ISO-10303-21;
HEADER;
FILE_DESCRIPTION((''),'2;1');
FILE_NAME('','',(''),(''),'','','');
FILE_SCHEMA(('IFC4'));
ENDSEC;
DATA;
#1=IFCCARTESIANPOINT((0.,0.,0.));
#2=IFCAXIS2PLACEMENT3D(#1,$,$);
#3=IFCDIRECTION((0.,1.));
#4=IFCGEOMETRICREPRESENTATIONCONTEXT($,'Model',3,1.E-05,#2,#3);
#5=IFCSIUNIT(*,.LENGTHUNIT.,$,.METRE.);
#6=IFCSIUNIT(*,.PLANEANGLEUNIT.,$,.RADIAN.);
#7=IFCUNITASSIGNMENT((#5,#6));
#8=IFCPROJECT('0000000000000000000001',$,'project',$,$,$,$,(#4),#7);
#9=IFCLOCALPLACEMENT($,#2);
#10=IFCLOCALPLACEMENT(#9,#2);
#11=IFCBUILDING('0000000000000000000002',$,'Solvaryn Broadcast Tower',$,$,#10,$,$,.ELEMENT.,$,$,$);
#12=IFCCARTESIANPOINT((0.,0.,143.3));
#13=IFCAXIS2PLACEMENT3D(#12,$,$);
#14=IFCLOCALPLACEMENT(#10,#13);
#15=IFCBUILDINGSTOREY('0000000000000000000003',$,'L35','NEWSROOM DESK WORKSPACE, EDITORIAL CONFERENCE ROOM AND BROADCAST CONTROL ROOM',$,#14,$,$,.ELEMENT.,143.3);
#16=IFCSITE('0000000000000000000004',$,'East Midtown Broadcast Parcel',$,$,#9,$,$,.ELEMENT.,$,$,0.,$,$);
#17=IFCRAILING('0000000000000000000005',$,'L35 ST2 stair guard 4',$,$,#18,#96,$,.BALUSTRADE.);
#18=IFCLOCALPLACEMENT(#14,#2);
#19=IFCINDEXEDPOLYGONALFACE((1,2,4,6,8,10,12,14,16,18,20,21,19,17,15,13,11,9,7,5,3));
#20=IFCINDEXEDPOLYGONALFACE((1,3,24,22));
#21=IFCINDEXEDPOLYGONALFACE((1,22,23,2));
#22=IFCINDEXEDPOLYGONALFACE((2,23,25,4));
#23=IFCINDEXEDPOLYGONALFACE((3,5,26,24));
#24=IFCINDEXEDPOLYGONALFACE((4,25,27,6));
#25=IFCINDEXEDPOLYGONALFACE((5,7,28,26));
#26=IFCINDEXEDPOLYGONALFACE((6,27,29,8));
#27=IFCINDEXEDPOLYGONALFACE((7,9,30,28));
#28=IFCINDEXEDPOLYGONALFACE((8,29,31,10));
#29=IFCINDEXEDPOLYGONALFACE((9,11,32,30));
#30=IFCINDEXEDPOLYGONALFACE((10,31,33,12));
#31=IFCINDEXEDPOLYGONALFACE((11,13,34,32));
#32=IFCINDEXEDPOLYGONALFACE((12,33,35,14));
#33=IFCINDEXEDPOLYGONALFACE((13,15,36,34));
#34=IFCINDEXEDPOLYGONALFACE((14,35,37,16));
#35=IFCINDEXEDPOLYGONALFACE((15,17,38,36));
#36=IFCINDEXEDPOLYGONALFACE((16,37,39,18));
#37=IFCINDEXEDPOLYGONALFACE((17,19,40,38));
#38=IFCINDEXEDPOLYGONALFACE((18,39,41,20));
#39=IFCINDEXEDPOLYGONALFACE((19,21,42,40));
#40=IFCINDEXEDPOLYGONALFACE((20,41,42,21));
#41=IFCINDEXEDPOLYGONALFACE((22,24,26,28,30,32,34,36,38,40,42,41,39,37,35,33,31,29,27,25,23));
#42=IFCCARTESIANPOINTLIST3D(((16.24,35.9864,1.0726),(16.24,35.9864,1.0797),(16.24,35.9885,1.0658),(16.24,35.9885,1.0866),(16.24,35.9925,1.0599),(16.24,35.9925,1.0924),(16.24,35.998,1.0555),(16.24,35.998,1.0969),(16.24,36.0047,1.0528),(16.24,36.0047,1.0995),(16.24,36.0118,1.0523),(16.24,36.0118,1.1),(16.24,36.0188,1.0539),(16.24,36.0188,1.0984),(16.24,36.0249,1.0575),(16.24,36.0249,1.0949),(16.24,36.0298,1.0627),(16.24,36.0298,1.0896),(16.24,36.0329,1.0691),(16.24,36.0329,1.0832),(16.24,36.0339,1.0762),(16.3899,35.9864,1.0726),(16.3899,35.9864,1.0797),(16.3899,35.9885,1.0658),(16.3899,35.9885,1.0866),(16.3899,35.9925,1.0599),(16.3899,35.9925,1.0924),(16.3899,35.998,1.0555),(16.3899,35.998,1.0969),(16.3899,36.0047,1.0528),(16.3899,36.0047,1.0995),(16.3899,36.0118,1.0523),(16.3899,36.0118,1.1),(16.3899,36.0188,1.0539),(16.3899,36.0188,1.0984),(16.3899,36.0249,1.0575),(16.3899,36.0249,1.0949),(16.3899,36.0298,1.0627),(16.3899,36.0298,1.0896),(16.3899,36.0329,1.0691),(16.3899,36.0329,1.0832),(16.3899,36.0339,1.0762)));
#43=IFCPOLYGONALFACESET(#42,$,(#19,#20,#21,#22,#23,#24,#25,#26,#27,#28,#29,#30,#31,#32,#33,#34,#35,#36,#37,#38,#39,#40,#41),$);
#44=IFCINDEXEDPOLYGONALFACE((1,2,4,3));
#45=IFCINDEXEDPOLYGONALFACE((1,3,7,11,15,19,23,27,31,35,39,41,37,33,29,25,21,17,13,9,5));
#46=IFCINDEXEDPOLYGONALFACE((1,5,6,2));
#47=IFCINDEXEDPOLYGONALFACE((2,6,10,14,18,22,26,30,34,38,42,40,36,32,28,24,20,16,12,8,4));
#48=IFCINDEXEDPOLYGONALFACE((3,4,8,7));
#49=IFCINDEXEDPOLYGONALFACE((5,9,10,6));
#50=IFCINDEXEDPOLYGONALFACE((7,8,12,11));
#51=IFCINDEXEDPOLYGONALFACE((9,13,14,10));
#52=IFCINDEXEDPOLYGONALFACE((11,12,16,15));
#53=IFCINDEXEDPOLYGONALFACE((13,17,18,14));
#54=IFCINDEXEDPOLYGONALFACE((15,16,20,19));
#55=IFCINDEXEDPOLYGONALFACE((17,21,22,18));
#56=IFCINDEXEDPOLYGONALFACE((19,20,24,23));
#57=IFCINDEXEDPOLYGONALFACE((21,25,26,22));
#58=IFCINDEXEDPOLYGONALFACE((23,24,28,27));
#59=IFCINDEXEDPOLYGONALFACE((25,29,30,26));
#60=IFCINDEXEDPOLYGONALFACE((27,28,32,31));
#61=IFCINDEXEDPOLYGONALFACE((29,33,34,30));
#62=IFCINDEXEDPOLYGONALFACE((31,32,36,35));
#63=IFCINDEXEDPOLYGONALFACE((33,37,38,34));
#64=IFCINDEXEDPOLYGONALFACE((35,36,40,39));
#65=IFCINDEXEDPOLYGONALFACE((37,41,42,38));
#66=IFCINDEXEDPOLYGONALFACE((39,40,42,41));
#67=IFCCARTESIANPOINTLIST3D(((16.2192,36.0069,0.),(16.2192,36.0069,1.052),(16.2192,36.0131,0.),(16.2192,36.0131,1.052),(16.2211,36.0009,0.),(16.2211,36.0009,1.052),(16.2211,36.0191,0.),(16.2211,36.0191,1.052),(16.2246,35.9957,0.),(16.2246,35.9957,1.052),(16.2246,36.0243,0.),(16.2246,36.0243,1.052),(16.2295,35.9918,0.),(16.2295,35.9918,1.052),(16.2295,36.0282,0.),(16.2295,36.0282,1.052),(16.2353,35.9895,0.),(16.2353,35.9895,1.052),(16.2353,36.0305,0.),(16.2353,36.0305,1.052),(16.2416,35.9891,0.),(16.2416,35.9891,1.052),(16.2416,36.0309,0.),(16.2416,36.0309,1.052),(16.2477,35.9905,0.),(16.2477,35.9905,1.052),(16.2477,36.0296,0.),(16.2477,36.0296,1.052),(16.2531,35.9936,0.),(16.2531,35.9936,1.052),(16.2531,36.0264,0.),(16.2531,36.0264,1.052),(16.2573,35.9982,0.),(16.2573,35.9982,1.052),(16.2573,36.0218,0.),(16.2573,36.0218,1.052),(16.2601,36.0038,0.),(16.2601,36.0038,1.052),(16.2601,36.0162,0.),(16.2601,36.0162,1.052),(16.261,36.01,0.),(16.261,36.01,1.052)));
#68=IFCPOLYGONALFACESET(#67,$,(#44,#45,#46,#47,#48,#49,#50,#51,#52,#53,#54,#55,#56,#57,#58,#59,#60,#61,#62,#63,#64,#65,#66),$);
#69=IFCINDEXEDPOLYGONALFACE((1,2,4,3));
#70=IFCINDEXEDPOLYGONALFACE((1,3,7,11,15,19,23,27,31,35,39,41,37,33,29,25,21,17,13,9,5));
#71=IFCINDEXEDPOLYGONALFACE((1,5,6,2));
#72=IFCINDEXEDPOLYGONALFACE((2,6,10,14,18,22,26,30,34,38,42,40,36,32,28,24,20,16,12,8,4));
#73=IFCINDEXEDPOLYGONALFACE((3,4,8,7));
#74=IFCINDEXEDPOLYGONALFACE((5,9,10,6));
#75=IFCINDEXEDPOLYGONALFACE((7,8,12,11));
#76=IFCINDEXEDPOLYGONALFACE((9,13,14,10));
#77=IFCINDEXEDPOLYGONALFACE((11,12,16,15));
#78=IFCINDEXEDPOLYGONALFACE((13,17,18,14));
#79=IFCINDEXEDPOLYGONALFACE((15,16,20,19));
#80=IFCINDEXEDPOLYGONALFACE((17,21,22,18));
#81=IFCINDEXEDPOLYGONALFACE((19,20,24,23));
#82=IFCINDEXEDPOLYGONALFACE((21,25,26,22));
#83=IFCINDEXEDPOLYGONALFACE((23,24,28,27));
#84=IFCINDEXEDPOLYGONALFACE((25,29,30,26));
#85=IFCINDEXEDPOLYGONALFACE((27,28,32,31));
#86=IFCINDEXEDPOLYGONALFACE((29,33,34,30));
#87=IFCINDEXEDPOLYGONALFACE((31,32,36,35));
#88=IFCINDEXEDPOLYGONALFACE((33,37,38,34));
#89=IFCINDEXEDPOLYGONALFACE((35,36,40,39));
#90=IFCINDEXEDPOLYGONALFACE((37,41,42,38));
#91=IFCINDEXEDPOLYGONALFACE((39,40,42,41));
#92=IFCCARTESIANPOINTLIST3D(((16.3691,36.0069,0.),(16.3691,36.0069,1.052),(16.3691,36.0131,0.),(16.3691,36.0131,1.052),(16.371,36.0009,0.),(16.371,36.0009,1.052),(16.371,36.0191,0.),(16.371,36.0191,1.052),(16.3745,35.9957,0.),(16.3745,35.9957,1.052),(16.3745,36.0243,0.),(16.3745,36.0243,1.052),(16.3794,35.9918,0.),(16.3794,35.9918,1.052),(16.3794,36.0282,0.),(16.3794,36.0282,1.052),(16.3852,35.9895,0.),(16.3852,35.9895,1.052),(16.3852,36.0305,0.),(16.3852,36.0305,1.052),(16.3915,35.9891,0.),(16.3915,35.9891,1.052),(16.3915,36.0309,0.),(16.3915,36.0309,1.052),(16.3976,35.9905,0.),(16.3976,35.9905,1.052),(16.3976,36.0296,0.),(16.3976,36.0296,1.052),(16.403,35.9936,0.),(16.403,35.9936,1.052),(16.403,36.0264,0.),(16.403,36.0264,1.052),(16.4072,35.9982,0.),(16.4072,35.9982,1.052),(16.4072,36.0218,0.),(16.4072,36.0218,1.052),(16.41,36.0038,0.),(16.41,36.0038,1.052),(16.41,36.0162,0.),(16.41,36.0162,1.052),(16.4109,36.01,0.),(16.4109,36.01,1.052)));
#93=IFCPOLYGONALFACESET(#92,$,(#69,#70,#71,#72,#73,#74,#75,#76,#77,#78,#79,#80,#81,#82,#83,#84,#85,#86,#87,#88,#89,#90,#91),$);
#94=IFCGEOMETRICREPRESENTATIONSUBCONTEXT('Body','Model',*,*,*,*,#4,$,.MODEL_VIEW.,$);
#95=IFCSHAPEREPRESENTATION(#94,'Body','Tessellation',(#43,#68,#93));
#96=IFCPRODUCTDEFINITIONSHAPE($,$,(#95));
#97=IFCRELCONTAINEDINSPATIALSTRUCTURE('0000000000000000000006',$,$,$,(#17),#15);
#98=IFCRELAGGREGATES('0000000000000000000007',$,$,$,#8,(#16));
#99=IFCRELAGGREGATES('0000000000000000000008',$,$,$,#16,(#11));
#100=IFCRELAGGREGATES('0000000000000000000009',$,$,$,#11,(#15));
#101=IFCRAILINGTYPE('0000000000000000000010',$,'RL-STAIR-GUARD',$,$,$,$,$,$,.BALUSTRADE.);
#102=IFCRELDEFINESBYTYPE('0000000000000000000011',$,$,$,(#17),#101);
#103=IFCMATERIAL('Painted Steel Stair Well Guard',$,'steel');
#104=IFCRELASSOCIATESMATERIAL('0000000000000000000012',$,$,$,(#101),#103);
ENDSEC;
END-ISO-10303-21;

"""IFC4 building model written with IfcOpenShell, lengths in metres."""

from ifc_helpers import new_model, si_unit, direction, frame, origin, origin_2d, place, context, subcontext, project, spatial, circle, extrude, material, type_object, element, save


model = new_model("IFC4")

# Units and contexts
model_context = context("Model", 3, precision=1e-05, world=origin(), true_north=direction((0.0, 1.0)))
body_context = subcontext(model_context, "Body", "Model", "MODEL_VIEW")
ifc_project = project(units=[si_unit("LENGTHUNIT", "METRE"), si_unit("PLANEANGLEUNIT", "RADIAN")], contexts=[model_context])

# Site, building, storey
site_placement = place(None, origin())
site = spatial("IfcSite", under=ifc_project, at=site_placement, Name="East Midtown Broadcast Parcel", CompositionType="ELEMENT", RefElevation=0.0)
building_placement = place(site_placement, origin())
building = spatial("IfcBuilding", under=site, at=building_placement, Name="Solvaryn Broadcast Tower", CompositionType="ELEMENT")
storey_placement = place(building_placement, frame((0.0, 0.0, 143.3)))
storey = spatial("IfcBuildingStorey", under=building, at=storey_placement, Name="L35", Description="NEWSROOM DESK WORKSPACE, EDITORIAL CONFERENCE ROOM AND BROADCAST CONTROL ROOM", CompositionType="ELEMENT", Elevation=143.3)

# Railing
ifc_material_1 = material(Name="Painted Steel Stair Well Guard", Category="steel")
railing_type_1 = type_object("IfcRailingType", Name="RL-STAIR-GUARD", PredefinedType="BALUSTRADE", material=ifc_material_1)
railing_1_placement = place(storey_placement, frame((16.24, 36.01, 0.0)))
element("IfcRailing", 1, at=railing_1_placement, inside=storey, type_object=railing_type_1, Name="L35 ST2 stair guard 4", PredefinedType="BALUSTRADE", context=body_context, shape_type="SweptSolid", body=[
    extrude(circle(Radius=0.0239, at=origin_2d()), frame((0.0, 0.0, 1.0762), z_axis=(1.0, 0.0, 0.0), x_axis=(0.0, 1.0, 0.0)), (0.0, 0.0, 1.0), 0.1499),
    extrude(circle(Radius=0.021, at=origin_2d()), origin(), (0.0, 0.0, 1.0), 1.052),
    extrude(circle(Radius=0.021, at=origin_2d()), frame((0.1499, 0.0, 0.0)), (0.0, 0.0, 1.0), 1.052),
])

save(model, "model.ifc")
